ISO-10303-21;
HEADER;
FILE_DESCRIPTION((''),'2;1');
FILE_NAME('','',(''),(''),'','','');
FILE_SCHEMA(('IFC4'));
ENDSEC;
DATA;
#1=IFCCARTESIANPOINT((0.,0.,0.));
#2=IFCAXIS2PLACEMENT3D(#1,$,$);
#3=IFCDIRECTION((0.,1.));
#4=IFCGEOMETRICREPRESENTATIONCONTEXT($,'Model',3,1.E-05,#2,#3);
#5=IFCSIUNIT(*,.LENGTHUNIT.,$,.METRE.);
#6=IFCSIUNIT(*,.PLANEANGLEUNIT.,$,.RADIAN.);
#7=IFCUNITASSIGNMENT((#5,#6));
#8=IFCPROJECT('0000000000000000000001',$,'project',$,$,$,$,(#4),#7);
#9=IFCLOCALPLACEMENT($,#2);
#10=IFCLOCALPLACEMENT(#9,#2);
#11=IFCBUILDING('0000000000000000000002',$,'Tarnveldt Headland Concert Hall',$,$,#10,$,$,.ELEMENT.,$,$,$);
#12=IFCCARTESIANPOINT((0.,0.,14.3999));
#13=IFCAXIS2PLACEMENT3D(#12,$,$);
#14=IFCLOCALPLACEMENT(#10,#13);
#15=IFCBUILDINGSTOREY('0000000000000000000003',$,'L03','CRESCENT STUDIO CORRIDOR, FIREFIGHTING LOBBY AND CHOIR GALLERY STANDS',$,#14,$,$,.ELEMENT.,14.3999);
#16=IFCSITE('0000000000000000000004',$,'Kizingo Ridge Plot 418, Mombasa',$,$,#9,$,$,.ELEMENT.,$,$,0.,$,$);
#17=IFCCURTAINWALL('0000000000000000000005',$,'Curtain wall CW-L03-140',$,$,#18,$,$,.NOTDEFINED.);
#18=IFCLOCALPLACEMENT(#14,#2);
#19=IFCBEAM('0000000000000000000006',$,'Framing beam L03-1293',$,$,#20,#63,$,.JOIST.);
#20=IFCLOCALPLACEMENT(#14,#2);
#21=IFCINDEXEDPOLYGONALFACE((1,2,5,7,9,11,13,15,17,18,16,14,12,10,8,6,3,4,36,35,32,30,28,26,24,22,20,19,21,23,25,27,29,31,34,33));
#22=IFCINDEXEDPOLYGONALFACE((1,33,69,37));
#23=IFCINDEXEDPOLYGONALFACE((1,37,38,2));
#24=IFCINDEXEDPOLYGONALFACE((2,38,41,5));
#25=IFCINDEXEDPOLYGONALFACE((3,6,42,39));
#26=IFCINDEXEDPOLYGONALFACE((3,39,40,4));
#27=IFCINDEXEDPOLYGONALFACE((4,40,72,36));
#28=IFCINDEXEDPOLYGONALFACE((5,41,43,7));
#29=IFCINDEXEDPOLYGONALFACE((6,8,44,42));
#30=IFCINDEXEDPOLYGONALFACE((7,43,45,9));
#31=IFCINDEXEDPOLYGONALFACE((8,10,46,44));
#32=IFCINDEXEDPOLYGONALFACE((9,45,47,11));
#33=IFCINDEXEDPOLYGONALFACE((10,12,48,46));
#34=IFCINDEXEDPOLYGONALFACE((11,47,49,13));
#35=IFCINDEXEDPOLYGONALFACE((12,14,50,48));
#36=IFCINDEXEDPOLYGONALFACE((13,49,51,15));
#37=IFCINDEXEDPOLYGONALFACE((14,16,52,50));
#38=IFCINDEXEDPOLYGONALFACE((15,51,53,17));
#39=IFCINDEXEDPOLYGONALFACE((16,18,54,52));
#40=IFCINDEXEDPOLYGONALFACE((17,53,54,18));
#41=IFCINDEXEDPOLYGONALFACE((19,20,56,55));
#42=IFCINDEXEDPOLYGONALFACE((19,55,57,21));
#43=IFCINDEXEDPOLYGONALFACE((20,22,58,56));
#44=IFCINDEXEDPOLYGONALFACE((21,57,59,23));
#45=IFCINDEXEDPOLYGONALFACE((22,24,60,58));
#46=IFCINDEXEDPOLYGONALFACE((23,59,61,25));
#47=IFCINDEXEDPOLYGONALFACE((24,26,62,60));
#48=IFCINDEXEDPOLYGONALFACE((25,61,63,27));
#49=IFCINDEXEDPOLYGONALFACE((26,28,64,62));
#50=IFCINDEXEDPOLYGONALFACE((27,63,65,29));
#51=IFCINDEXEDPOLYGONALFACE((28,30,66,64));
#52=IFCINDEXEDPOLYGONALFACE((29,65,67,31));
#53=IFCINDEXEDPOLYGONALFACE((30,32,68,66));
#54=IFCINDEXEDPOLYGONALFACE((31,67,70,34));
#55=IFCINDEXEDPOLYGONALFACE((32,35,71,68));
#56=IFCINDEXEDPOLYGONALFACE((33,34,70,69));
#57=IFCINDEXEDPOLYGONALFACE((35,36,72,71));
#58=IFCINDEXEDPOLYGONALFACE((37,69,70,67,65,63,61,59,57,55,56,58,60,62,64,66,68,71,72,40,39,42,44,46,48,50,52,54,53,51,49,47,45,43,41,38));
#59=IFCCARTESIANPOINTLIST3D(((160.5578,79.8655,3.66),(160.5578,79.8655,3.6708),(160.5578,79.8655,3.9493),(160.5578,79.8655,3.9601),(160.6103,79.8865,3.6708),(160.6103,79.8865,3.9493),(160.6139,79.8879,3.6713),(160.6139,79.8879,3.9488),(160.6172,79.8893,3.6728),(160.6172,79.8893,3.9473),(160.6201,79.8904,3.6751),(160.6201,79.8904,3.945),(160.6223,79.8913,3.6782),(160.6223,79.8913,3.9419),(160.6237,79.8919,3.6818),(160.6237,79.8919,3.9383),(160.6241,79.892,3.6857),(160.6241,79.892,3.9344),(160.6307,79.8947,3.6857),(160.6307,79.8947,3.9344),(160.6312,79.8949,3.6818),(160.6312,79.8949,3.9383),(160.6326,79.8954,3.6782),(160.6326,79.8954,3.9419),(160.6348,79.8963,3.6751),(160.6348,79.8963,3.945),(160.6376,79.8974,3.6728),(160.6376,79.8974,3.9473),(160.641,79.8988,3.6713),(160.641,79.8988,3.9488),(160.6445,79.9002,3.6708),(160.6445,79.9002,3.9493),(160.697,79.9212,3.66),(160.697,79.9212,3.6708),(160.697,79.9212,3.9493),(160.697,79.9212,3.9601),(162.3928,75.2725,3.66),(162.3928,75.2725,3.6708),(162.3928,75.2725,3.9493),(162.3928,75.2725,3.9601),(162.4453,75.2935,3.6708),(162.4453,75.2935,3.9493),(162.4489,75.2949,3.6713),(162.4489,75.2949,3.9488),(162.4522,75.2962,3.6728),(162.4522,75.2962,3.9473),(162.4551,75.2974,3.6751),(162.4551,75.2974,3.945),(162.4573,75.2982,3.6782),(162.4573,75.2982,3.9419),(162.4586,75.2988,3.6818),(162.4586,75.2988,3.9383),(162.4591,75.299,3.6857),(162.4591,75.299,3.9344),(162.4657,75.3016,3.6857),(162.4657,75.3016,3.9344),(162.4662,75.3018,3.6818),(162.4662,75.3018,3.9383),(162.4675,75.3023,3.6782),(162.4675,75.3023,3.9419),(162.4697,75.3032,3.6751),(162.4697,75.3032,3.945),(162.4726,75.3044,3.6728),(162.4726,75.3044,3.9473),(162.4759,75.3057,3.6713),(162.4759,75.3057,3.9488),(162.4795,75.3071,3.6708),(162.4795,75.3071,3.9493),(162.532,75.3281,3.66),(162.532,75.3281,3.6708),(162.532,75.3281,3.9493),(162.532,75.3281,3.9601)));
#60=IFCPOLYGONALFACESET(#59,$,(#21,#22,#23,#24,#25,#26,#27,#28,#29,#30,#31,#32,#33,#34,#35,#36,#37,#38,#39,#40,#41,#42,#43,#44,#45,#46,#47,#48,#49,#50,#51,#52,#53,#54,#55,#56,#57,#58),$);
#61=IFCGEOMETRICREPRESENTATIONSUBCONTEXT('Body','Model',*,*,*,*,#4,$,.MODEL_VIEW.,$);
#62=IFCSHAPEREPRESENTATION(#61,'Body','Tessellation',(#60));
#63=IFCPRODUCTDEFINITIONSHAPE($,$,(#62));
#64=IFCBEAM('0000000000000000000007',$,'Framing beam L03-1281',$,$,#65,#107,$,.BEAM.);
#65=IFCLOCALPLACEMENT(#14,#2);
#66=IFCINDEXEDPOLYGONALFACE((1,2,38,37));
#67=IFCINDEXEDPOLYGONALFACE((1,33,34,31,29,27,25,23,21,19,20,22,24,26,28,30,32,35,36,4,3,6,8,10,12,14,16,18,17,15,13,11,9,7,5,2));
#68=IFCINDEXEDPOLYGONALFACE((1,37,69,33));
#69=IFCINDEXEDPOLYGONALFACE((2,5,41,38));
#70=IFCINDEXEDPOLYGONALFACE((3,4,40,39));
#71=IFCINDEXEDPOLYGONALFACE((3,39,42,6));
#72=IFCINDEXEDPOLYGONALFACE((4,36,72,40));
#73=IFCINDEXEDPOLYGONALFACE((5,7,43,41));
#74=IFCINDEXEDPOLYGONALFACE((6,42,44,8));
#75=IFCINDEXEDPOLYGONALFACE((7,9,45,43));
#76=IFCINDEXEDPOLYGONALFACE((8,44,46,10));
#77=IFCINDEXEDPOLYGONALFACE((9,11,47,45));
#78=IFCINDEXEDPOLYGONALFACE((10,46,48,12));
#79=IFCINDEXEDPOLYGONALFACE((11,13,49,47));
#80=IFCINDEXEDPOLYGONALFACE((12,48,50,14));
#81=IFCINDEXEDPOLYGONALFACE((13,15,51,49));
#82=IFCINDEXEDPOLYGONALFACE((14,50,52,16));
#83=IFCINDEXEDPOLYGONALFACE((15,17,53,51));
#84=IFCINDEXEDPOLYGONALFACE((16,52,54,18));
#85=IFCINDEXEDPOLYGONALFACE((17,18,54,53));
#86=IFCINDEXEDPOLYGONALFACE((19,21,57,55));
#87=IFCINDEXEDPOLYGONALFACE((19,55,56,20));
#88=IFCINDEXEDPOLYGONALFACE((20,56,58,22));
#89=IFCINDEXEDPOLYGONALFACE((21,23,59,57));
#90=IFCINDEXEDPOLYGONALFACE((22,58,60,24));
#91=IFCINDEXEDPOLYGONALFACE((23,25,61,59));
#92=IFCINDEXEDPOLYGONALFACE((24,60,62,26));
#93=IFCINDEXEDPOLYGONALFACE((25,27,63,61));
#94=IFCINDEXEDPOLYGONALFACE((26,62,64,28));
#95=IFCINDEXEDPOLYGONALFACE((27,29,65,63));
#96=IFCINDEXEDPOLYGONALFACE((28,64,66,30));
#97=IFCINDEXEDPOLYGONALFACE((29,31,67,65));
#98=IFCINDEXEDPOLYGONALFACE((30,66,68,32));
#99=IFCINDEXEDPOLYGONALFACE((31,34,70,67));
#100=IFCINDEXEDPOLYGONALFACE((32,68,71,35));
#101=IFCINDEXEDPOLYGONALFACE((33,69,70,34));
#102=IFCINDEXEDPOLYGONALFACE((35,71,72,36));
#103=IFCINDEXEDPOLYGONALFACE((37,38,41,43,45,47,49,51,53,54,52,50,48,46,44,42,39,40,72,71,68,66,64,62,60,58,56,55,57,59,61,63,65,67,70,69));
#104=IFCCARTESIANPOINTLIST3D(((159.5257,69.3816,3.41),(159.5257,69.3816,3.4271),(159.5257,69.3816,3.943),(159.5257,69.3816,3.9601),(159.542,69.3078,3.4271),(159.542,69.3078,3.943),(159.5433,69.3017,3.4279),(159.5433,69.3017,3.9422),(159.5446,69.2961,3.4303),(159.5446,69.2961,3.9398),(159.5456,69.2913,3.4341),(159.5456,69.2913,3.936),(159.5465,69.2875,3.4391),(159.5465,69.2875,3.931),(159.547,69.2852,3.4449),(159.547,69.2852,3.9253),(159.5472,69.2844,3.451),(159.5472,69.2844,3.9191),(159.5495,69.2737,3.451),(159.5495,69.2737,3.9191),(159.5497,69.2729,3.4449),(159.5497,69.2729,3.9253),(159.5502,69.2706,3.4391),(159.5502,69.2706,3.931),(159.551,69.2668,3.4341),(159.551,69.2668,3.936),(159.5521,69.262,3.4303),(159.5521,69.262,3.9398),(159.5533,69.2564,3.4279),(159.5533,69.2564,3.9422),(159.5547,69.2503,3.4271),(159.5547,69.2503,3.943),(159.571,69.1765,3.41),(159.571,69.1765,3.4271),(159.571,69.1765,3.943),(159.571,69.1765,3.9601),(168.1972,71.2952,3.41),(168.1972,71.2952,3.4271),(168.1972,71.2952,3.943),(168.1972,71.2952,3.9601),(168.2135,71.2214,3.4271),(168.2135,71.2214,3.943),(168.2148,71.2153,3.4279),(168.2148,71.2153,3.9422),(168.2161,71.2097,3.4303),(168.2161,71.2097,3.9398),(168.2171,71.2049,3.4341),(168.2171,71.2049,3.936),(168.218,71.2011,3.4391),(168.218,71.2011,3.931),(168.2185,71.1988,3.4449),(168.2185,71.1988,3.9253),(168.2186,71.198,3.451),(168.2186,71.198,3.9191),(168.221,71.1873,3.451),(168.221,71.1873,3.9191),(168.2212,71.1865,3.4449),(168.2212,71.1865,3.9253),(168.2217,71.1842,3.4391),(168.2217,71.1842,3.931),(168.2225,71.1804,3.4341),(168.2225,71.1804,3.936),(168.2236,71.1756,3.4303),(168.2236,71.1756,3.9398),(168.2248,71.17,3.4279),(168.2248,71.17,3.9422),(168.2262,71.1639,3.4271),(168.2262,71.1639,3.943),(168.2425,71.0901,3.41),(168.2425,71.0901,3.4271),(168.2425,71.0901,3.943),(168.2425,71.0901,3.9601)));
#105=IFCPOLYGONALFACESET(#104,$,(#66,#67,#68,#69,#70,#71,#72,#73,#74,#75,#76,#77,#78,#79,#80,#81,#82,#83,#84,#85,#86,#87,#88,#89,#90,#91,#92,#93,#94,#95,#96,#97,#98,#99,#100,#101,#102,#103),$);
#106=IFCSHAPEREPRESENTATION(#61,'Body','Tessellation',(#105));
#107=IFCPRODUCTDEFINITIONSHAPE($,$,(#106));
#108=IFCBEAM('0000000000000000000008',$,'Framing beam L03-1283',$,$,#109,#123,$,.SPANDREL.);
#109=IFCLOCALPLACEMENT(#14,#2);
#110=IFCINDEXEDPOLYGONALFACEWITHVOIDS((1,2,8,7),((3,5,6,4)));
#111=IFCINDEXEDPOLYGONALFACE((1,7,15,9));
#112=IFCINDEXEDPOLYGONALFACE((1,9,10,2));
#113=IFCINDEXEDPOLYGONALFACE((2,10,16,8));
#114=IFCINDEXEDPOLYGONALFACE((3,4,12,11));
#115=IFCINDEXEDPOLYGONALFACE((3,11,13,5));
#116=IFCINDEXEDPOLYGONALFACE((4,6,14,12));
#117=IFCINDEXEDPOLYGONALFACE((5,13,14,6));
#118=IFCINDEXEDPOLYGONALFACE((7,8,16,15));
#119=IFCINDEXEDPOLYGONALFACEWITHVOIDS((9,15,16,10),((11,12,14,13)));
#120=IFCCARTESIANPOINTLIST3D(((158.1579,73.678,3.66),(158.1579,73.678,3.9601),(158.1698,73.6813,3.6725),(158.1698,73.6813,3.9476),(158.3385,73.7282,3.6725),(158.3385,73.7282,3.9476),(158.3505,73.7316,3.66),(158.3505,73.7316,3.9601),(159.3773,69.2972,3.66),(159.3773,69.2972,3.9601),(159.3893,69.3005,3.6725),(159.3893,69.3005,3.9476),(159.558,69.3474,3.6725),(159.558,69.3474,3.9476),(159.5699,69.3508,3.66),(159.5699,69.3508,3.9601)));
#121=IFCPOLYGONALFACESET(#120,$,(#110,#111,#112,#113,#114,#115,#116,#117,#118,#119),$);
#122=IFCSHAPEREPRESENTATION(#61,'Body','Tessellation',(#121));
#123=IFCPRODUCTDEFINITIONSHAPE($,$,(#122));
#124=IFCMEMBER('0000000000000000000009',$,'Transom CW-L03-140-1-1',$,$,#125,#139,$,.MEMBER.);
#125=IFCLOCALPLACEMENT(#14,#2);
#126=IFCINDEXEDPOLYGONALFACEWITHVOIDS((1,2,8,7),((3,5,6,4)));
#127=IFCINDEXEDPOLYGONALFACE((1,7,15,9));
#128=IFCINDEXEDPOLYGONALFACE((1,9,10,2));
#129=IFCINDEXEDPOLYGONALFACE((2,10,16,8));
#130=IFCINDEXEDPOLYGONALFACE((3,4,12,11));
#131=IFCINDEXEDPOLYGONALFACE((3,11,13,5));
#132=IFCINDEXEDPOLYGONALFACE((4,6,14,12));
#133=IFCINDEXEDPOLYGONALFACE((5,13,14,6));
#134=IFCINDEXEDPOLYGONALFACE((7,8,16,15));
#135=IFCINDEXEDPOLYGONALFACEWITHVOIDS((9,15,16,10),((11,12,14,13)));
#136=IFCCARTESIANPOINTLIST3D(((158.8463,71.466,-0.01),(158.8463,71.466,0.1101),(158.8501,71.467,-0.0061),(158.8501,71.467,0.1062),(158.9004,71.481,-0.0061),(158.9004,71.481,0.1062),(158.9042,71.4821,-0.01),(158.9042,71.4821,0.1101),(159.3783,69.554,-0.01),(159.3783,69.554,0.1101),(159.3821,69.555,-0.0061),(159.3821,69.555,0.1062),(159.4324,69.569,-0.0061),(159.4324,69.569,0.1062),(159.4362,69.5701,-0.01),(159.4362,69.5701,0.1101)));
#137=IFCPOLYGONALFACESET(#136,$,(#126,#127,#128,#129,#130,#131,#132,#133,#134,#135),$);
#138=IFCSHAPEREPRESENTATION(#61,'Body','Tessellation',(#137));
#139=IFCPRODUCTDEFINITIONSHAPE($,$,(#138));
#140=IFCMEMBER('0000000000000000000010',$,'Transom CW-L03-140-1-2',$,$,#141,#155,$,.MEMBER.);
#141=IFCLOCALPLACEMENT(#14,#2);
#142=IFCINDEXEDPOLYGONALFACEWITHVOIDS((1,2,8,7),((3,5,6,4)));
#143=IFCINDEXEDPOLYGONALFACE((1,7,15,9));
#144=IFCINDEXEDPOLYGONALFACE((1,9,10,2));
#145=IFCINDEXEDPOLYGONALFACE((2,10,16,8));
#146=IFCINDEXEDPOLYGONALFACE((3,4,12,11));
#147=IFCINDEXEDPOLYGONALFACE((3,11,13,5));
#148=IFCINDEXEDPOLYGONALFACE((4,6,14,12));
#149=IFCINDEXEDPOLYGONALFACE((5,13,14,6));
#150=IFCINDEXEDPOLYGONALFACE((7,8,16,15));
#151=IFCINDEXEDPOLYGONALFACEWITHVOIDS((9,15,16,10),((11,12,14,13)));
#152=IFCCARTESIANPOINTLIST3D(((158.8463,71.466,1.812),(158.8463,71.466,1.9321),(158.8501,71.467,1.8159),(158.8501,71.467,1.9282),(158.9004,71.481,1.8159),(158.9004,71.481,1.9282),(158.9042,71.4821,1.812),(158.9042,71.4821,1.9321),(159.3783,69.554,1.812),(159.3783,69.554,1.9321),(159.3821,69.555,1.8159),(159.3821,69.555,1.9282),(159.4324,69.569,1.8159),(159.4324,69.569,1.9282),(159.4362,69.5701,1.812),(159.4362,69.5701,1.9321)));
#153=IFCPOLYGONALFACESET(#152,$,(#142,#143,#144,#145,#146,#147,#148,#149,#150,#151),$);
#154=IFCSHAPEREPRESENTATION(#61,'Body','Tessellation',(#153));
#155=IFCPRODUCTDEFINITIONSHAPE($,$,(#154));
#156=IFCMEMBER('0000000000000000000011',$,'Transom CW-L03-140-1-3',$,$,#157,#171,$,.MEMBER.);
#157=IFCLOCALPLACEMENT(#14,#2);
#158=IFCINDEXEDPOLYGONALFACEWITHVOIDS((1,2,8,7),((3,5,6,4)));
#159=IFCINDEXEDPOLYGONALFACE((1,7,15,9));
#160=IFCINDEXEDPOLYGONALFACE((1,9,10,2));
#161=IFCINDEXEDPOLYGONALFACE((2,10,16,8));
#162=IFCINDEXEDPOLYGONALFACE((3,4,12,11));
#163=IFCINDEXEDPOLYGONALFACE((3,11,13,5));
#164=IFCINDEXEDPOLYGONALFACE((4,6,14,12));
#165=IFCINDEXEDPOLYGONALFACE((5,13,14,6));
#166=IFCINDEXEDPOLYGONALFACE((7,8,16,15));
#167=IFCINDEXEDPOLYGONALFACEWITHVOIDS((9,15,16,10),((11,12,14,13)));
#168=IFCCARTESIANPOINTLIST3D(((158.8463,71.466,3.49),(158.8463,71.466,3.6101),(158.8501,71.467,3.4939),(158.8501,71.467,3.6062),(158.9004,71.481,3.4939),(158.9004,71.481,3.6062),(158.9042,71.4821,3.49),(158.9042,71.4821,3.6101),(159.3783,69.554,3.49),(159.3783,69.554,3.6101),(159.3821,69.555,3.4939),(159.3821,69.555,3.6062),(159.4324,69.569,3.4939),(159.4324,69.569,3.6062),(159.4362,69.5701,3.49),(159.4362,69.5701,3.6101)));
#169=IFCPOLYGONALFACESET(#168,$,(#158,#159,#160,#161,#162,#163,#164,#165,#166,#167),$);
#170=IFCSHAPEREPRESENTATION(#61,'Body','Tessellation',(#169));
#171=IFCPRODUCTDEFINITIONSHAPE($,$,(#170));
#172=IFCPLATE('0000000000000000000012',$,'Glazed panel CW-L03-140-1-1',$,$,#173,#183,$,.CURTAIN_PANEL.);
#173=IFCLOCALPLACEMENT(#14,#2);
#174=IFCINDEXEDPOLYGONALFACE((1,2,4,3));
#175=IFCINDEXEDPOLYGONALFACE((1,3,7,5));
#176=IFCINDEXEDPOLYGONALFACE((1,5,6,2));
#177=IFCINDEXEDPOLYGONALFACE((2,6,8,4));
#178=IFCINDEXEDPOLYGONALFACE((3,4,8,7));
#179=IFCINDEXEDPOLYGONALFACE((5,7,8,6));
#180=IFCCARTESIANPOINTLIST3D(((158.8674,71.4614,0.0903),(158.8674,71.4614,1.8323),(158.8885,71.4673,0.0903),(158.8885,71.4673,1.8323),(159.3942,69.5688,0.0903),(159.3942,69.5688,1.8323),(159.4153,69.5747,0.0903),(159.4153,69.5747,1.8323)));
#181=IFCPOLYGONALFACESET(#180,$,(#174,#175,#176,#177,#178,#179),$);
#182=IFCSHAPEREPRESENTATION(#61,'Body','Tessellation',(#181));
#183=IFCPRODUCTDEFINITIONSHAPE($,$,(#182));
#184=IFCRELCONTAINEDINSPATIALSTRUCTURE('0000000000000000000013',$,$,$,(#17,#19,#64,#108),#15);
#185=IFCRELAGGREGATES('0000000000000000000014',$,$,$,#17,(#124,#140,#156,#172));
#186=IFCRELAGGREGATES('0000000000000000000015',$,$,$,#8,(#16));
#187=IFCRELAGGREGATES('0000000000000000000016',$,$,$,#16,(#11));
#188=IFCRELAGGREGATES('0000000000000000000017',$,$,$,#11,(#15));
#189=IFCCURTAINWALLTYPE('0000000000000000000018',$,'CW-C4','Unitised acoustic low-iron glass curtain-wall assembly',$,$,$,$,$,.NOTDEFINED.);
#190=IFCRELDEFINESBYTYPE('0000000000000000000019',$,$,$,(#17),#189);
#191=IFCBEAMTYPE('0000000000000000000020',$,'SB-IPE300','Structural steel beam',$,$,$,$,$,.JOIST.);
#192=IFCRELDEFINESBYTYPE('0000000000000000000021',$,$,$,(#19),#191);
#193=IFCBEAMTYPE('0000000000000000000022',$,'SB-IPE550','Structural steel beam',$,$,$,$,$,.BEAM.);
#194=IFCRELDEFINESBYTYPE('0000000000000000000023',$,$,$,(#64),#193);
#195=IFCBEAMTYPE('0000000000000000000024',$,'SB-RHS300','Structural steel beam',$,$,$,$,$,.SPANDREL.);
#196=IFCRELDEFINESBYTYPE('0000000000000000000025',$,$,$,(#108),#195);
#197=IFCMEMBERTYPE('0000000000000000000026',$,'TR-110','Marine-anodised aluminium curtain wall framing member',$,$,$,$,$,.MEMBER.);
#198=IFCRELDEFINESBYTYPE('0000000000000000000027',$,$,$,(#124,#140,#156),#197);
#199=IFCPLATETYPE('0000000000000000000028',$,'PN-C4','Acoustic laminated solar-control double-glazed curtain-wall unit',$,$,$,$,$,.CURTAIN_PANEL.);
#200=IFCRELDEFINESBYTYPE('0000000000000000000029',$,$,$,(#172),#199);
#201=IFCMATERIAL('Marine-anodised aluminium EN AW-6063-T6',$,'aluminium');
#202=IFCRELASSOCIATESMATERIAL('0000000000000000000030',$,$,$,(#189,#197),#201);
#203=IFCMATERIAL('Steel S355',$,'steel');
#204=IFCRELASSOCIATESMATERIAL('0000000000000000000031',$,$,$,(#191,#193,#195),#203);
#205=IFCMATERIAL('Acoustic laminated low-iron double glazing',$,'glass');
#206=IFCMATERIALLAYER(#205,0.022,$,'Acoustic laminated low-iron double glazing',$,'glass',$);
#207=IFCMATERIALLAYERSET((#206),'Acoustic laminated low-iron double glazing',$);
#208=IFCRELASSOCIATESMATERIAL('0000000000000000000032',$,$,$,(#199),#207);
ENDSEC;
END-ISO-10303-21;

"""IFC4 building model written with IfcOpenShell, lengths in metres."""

from ifc_helpers import new_model, si_unit, direction, frame, origin, origin_2d, place, context, subcontext, project, spatial, rectangle, hollow_rectangle, i_section, extrude, material, layer, layer_set, material_profile, profile_set, type_object, element, aggregate, save


model = new_model("IFC4")

# Units and contexts
model_context = context("Model", 3, precision=1e-05, world=origin(), true_north=direction((0.0, 1.0)))
body_context = subcontext(model_context, "Body", "Model", "MODEL_VIEW")
ifc_project = project(units=[si_unit("LENGTHUNIT", "METRE"), si_unit("PLANEANGLEUNIT", "RADIAN")], contexts=[model_context])

# Site, building, storey
site_placement = place(None, origin())
site = spatial("IfcSite", under=ifc_project, at=site_placement, Name="Kizingo Ridge Plot 418, Mombasa", CompositionType="ELEMENT", RefElevation=0.0)
building_placement = place(site_placement, origin())
building = spatial("IfcBuilding", under=site, at=building_placement, Name="Tarnveldt Headland Concert Hall", CompositionType="ELEMENT")
storey_placement = place(building_placement, frame((0.0, 0.0, 14.3999)))
storey = spatial("IfcBuildingStorey", under=building, at=storey_placement, Name="L03", Description="CRESCENT STUDIO CORRIDOR, FIREFIGHTING LOBBY AND CHOIR GALLERY STANDS", CompositionType="ELEMENT", Elevation=14.3999)

# Shared definitions
ifc_material_1 = material(Name="Steel S355", Category="steel")

# Shared definitions
ifc_material_2 = material(Name="Marine-anodised aluminium EN AW-6063-T6", Category="aluminium")
curtain_wall_type = type_object("IfcCurtainWallType", Name="CW-C4", Description="Unitised acoustic low-iron glass curtain-wall assembly", PredefinedType="NOTDEFINED", material=ifc_material_2)

# Curtain wall
curtain_wall_1_placement = place(storey_placement, origin())
curtain_wall_1 = element("IfcCurtainWall", 1, at=curtain_wall_1_placement, inside=storey, type_object=curtain_wall_type, Name="Curtain wall CW-L03-140", PredefinedType="NOTDEFINED")

# Beams
ifc_material_profile_1 = material_profile(ifc_material_1, i_section(OverallWidth=0.1499, OverallDepth=0.3, WebThickness=0.0071, FlangeThickness=0.0107, FilletRadius=0.0149, at=origin_2d()), Name="IPE300", Category="steel")
ifc_profile_set_1 = profile_set([ifc_material_profile_1], Name="Steel S355")
beam_type_1 = type_object("IfcBeamType", Name="SB-IPE300", Description="Structural steel beam", PredefinedType="JOIST", material=ifc_profile_set_1)
beam_1_placement = place(storey_placement, frame((162.4624, 75.3003, 3.8101), z_axis=(-0.370999, 0.928633, 0.0), x_axis=(-0.928633, -0.370999, 0.0)))
element("IfcBeam", 2, at=beam_1_placement, inside=storey, type_object=beam_type_1, Name="Framing beam L03-1293", PredefinedType="JOIST", context=body_context, shape_type="SweptSolid", body=[
    extrude(i_section(OverallWidth=0.1499, OverallDepth=0.3, WebThickness=0.0071, FlangeThickness=0.0107, FilletRadius=0.0149, at=origin_2d()), origin(), (0.0, 0.0, 1.0), 4.946),
])
ifc_material_profile_2 = material_profile(ifc_material_1, i_section(OverallWidth=0.21, OverallDepth=0.55, WebThickness=0.011, FlangeThickness=0.0171, FilletRadius=0.0239, at=origin_2d()), Name="IPE550", Category="steel")
ifc_profile_set_2 = profile_set([ifc_material_profile_2], Name="Steel S355")
beam_type_2 = type_object("IfcBeamType", Name="SB-IPE550", Description="Structural steel beam", PredefinedType="BEAM", material=ifc_profile_set_2)
beam_2_placement = place(storey_placement, frame((159.5483, 69.2791, 3.6851), z_axis=(0.976506, 0.215492, 0.0), x_axis=(-0.215492, 0.976506, 0.0)))
element("IfcBeam", 3, at=beam_2_placement, inside=storey, type_object=beam_type_2, Name="Framing beam L03-1281", PredefinedType="BEAM", context=body_context, shape_type="SweptSolid", body=[
    extrude(i_section(OverallWidth=0.21, OverallDepth=0.55, WebThickness=0.011, FlangeThickness=0.0171, FilletRadius=0.0239, at=origin_2d()), origin(), (0.0, 0.0, 1.0), 8.8801),
])
ifc_material_profile_3 = material_profile(ifc_material_1, hollow_rectangle(XDim=0.2, YDim=0.3, WallThickness=0.0125, at=origin_2d()), Name="RHS 300x200x12.5", Category="steel")
ifc_profile_set_3 = profile_set([ifc_material_profile_3], Name="Steel S355")
beam_type_3 = type_object("IfcBeamType", Name="SB-RHS300", Description="Structural steel beam", PredefinedType="SPANDREL", material=ifc_profile_set_3)
beam_3_placement = place(storey_placement, frame((159.4736, 69.324, 3.8101), z_axis=(-0.26817, 0.963372, 0.0), x_axis=(-0.963372, -0.26817, 0.0)))
element("IfcBeam", 4, at=beam_3_placement, inside=storey, type_object=beam_type_3, Name="Framing beam L03-1283", PredefinedType="SPANDREL", context=body_context, shape_type="SweptSolid", body=[
    extrude(hollow_rectangle(XDim=0.2, YDim=0.3, WallThickness=0.0125, at=origin_2d()), origin(), (0.0, 0.0, 1.0), 4.5474),
])

# Members
ifc_material_profile_4 = material_profile(ifc_material_2, hollow_rectangle(XDim=0.0601, YDim=0.1201, WallThickness=0.0039, at=origin_2d()), Name="ALU TRANSOM 60x120x4", Category="aluminium")
ifc_profile_set_4 = profile_set([ifc_material_profile_4], Name="Marine-anodised aluminium EN AW-6063-T6")
member_type_1 = type_object("IfcMemberType", Name="TR-110", Description="Marine-anodised aluminium curtain wall framing member", PredefinedType="MEMBER", material=ifc_profile_set_4)
member_1_placement = place(storey_placement, frame((159.4072, 69.562, 0.05), z_axis=(-0.268037, 0.963409, 0.0), x_axis=(-0.963409, -0.268037, 0.0)))
member_1 = element("IfcMember", 5, at=member_1_placement, type_object=member_type_1, Name="Transom CW-L03-140-1-1", PredefinedType="MEMBER", context=body_context, shape_type="SweptSolid", body=[
    extrude(hollow_rectangle(XDim=0.0601, YDim=0.1201, WallThickness=0.0039, at=origin_2d()), origin(), (0.0, 0.0, 1.0), 1.9846),
])
member_2_placement = place(storey_placement, frame((159.4072, 69.562, 1.8721), z_axis=(-0.268037, 0.963409, 0.0), x_axis=(-0.963409, -0.268037, 0.0)))
member_2 = element("IfcMember", 6, at=member_2_placement, type_object=member_type_1, Name="Transom CW-L03-140-1-2", PredefinedType="MEMBER", context=body_context, shape_type="SweptSolid", body=[
    extrude(hollow_rectangle(XDim=0.0601, YDim=0.1201, WallThickness=0.0039, at=origin_2d()), origin(), (0.0, 0.0, 1.0), 1.9846),
])
member_3_placement = place(storey_placement, frame((159.4072, 69.562, 3.55), z_axis=(-0.268037, 0.963409, 0.0), x_axis=(-0.963409, -0.268037, 0.0)))
member_3 = element("IfcMember", 7, at=member_3_placement, type_object=member_type_1, Name="Transom CW-L03-140-1-3", PredefinedType="MEMBER", context=body_context, shape_type="SweptSolid", body=[
    extrude(hollow_rectangle(XDim=0.0601, YDim=0.1201, WallThickness=0.0039, at=origin_2d()), origin(), (0.0, 0.0, 1.0), 1.9846),
])

# Plate
ifc_material_3 = material(Name="Acoustic laminated low-iron double glazing", Category="glass")
ifc_layer_1 = layer(ifc_material_3, 0.022, Name="Acoustic laminated low-iron double glazing", Category="glass")
ifc_layer_set_1 = layer_set([ifc_layer_1], Name="Acoustic laminated low-iron double glazing")
plate_type = type_object("IfcPlateType", Name="PN-C4", Description="Acoustic laminated solar-control double-glazed curtain-wall unit", PredefinedType="CURTAIN_PANEL", material=ifc_layer_set_1)
plate_1_placement = place(storey_placement, frame((159.1414, 70.5181, 0.0903), z_axis=(0.0, 0.0, 1.0), x_axis=(-0.268146, 0.963378, 0.0)))
plate_1 = element("IfcPlate", 8, at=plate_1_placement, type_object=plate_type, Name="Glazed panel CW-L03-140-1-1", PredefinedType="CURTAIN_PANEL", context=body_context, shape_type="SweptSolid", body=[
    extrude(rectangle(XDim=1.9646, YDim=0.022, at=origin_2d()), origin(), (0.0, 0.0, 1.0), 1.7419),
])
aggregate(curtain_wall_1, [member_1, member_2, member_3, plate_1])

save(model, "model.ifc")
